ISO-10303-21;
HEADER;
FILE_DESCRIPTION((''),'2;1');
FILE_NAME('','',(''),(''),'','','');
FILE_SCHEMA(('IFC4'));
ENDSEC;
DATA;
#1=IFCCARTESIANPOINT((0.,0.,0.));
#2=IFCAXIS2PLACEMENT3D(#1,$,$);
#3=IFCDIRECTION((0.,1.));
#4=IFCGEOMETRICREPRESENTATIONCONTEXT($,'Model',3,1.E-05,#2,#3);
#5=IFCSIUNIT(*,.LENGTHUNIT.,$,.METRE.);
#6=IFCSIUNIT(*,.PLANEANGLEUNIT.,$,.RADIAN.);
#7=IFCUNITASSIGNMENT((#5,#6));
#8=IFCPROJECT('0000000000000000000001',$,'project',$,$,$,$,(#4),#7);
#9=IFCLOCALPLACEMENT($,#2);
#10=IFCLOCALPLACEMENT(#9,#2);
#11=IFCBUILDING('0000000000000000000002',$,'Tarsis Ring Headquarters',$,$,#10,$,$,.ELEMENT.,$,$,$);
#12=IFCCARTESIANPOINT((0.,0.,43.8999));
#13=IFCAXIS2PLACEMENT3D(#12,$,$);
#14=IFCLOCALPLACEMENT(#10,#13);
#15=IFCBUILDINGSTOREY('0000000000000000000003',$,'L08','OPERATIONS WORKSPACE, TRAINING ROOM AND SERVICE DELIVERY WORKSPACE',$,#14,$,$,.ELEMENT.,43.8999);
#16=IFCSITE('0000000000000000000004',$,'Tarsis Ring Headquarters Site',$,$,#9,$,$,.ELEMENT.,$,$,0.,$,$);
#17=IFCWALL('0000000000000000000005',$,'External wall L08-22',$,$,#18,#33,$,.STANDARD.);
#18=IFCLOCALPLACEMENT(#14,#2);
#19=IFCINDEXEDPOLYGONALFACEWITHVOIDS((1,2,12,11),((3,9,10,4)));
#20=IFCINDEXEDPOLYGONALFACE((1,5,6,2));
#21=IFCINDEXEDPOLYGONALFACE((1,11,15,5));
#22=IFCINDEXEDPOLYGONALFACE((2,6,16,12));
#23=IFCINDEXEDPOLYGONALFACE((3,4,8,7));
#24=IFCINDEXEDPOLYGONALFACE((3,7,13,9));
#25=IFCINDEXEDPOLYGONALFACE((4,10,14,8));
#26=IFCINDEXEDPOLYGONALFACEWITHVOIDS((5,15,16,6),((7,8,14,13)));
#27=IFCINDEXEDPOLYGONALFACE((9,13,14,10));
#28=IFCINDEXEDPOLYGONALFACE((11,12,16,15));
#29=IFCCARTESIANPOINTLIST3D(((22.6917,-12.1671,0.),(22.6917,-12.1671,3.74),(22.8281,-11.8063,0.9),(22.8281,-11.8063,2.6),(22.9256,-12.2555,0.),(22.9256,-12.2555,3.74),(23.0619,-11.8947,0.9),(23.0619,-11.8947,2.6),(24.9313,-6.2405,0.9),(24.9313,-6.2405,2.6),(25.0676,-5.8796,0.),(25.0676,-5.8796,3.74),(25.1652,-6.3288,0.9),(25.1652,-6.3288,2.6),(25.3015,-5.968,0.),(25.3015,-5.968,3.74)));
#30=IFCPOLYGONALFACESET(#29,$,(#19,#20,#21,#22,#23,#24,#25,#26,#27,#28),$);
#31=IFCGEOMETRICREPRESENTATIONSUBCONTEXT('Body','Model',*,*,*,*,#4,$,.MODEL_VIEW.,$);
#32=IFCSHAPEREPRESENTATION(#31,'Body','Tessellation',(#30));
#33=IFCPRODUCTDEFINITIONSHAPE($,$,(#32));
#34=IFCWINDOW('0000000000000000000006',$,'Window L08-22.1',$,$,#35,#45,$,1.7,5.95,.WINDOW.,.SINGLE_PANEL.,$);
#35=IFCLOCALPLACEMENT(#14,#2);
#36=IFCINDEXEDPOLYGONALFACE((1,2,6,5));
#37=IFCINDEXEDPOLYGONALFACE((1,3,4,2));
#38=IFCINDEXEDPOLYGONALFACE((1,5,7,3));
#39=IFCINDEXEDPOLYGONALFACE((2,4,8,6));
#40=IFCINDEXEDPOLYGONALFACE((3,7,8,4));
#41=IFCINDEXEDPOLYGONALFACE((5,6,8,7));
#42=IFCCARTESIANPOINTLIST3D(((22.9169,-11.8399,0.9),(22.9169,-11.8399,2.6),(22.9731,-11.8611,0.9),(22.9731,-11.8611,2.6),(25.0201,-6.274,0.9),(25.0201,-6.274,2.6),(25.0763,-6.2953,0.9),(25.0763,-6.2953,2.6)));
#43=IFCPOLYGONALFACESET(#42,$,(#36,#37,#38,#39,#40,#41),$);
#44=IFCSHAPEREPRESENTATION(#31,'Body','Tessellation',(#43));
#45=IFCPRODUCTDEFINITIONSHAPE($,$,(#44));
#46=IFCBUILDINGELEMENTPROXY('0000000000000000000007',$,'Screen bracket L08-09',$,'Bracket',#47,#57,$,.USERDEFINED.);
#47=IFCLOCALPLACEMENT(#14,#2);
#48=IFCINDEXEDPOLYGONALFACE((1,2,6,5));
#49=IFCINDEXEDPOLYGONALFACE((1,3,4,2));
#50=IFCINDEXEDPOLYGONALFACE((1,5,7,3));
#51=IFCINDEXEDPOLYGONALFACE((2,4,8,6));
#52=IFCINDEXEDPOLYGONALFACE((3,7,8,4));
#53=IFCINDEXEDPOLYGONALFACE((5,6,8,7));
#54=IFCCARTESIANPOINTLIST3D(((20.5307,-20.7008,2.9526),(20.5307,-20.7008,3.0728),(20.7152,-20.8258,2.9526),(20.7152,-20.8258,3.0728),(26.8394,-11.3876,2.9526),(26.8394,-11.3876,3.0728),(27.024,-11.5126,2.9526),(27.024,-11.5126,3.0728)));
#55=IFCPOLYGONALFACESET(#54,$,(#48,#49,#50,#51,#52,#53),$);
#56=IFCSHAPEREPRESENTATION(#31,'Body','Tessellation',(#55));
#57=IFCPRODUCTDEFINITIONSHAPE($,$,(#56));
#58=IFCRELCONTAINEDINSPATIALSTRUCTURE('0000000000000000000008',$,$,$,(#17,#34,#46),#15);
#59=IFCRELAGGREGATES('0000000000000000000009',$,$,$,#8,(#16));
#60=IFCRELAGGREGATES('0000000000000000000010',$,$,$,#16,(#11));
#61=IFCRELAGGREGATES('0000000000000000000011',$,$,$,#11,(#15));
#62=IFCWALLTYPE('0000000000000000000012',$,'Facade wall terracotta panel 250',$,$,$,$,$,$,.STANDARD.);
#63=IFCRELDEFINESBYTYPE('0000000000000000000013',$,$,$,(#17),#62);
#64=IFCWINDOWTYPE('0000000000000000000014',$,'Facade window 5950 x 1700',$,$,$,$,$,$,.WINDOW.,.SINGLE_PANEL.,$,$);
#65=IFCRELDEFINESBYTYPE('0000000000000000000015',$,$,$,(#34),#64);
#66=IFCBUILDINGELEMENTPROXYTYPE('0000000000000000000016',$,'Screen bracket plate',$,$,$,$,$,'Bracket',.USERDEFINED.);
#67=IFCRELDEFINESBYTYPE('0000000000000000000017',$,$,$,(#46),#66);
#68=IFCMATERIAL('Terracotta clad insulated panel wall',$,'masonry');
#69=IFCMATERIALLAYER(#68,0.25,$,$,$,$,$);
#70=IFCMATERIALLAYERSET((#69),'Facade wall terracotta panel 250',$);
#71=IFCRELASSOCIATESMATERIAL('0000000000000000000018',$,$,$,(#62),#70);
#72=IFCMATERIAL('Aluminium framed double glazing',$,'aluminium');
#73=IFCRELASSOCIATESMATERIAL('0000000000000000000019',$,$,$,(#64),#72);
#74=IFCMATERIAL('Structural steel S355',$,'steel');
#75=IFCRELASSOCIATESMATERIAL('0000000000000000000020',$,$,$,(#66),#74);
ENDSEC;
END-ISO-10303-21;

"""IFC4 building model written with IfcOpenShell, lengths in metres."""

from ifc_helpers import new_model, si_unit, direction, frame, frame_2d, origin, origin_2d, place, context, subcontext, project, spatial, rectangle, extrude, material, layer, layer_set, type_object, element, fill, save


model = new_model("IFC4")

# Units and contexts
model_context = context("Model", 3, precision=1e-05, world=origin(), true_north=direction((0.0, 1.0)))
body_context = subcontext(model_context, "Body", "Model", "MODEL_VIEW")
ifc_project = project(units=[si_unit("LENGTHUNIT", "METRE"), si_unit("PLANEANGLEUNIT", "RADIAN")], contexts=[model_context])

# Site, building, storey
site_placement = place(None, origin())
site = spatial("IfcSite", under=ifc_project, at=site_placement, Name="Tarsis Ring Headquarters Site", CompositionType="ELEMENT", RefElevation=0.0)
building_placement = place(site_placement, origin())
building = spatial("IfcBuilding", under=site, at=building_placement, Name="Tarsis Ring Headquarters", CompositionType="ELEMENT")
storey_placement = place(building_placement, frame((0.0, 0.0, 43.8999)))
storey = spatial("IfcBuildingStorey", under=building, at=storey_placement, Name="L08", Description="OPERATIONS WORKSPACE, TRAINING ROOM AND SERVICE DELIVERY WORKSPACE", CompositionType="ELEMENT", Elevation=43.8999)

# Shared definitions
ifc_material_1 = material(Name="Structural steel S355", Category="steel")

# Wall, opening, window
ifc_material_2 = material(Name="Terracotta clad insulated panel wall", Category="masonry")
ifc_layer_1 = layer(ifc_material_2, 0.25)
ifc_layer_set_1 = layer_set([ifc_layer_1], Name="Facade wall terracotta panel 250")
wall_type_1 = type_object("IfcWallType", Name="Facade wall terracotta panel 250", PredefinedType="STANDARD", material=ifc_layer_set_1)
ifc_material_3 = material(Name="Aluminium framed double glazing", Category="aluminium")
window_type = type_object("IfcWindowType", Name="Facade window 5950 x 1700", PartitioningType="SINGLE_PANEL", PredefinedType="WINDOW", material=ifc_material_3)
wall_1_placement = place(storey_placement, frame((22.8086, -12.2114, 0.0), z_axis=(0.0, 0.0, 1.0), x_axis=(0.353487, 0.93544, 0.0)))
wall_1 = element("IfcWall", 1, at=wall_1_placement, inside=storey, type_object=wall_type_1, Name="External wall L08-22", PredefinedType="STANDARD", context=body_context, shape_type="SweptSolid", body=[
    extrude(rectangle(XDim=6.7214, YDim=0.25, at=frame_2d((3.3608, 0.0))), origin(), (0.0, 0.0, 1.0), 3.74),
])
opening_1_placement = place(wall_1_placement, frame((0.3857, 0.0, 0.8999)))
opening_1 = element("IfcOpeningElement", 2, at=opening_1_placement, cuts=wall_1, PredefinedType="OPENING", context=body_context, shape_type="SweptSolid", body=[
    extrude(rectangle(XDim=5.95, YDim=1.7, at=frame_2d((2.9751, 0.8501))), frame((0.0, 0.135, 0.0), z_axis=(0.0, -1.0, 0.0), x_axis=(1.0, 0.0, 0.0)), (0.0, 0.0, 1.0), 0.27),
])
window_1_placement = place(opening_1_placement, origin())
window_1 = element("IfcWindow", 3, at=window_1_placement, inside=storey, type_object=window_type, Name="Window L08-22.1", OverallHeight=1.7, OverallWidth=5.95, PartitioningType="SINGLE_PANEL", PredefinedType="WINDOW", context=body_context, shape_type="SweptSolid", body=[
    extrude(rectangle(XDim=5.95, YDim=1.7, at=frame_2d((2.9751, 0.8501))), frame((0.0, 0.03, 0.0), z_axis=(0.0, -1.0, 0.0), x_axis=(1.0, 0.0, 0.0)), (0.0, 0.0, 1.0), 0.0601),
])
fill(opening_1, window_1)

# Building element proxy
building_element_proxy_type = type_object("IfcBuildingElementProxyType", Name="Screen bracket plate", ElementType="Bracket", PredefinedType="USERDEFINED", material=ifc_material_1)
proxy_placement = place(storey_placement, frame((23.7773, -16.1067, 2.9526), z_axis=(0.0, 0.0, 1.0), x_axis=(0.560838, 0.827926, 0.0)))
element("IfcBuildingElementProxy", 4, at=proxy_placement, inside=storey, type_object=building_element_proxy_type, Name="Screen bracket L08-09", ObjectType="Bracket", PredefinedType="USERDEFINED", context=body_context, shape_type="SweptSolid", body=[
    extrude(rectangle(XDim=11.2488, YDim=0.2229, at=origin_2d()), origin(), (0.0, 0.0, 1.0), 0.1201),
])

save(model, "model.ifc")
